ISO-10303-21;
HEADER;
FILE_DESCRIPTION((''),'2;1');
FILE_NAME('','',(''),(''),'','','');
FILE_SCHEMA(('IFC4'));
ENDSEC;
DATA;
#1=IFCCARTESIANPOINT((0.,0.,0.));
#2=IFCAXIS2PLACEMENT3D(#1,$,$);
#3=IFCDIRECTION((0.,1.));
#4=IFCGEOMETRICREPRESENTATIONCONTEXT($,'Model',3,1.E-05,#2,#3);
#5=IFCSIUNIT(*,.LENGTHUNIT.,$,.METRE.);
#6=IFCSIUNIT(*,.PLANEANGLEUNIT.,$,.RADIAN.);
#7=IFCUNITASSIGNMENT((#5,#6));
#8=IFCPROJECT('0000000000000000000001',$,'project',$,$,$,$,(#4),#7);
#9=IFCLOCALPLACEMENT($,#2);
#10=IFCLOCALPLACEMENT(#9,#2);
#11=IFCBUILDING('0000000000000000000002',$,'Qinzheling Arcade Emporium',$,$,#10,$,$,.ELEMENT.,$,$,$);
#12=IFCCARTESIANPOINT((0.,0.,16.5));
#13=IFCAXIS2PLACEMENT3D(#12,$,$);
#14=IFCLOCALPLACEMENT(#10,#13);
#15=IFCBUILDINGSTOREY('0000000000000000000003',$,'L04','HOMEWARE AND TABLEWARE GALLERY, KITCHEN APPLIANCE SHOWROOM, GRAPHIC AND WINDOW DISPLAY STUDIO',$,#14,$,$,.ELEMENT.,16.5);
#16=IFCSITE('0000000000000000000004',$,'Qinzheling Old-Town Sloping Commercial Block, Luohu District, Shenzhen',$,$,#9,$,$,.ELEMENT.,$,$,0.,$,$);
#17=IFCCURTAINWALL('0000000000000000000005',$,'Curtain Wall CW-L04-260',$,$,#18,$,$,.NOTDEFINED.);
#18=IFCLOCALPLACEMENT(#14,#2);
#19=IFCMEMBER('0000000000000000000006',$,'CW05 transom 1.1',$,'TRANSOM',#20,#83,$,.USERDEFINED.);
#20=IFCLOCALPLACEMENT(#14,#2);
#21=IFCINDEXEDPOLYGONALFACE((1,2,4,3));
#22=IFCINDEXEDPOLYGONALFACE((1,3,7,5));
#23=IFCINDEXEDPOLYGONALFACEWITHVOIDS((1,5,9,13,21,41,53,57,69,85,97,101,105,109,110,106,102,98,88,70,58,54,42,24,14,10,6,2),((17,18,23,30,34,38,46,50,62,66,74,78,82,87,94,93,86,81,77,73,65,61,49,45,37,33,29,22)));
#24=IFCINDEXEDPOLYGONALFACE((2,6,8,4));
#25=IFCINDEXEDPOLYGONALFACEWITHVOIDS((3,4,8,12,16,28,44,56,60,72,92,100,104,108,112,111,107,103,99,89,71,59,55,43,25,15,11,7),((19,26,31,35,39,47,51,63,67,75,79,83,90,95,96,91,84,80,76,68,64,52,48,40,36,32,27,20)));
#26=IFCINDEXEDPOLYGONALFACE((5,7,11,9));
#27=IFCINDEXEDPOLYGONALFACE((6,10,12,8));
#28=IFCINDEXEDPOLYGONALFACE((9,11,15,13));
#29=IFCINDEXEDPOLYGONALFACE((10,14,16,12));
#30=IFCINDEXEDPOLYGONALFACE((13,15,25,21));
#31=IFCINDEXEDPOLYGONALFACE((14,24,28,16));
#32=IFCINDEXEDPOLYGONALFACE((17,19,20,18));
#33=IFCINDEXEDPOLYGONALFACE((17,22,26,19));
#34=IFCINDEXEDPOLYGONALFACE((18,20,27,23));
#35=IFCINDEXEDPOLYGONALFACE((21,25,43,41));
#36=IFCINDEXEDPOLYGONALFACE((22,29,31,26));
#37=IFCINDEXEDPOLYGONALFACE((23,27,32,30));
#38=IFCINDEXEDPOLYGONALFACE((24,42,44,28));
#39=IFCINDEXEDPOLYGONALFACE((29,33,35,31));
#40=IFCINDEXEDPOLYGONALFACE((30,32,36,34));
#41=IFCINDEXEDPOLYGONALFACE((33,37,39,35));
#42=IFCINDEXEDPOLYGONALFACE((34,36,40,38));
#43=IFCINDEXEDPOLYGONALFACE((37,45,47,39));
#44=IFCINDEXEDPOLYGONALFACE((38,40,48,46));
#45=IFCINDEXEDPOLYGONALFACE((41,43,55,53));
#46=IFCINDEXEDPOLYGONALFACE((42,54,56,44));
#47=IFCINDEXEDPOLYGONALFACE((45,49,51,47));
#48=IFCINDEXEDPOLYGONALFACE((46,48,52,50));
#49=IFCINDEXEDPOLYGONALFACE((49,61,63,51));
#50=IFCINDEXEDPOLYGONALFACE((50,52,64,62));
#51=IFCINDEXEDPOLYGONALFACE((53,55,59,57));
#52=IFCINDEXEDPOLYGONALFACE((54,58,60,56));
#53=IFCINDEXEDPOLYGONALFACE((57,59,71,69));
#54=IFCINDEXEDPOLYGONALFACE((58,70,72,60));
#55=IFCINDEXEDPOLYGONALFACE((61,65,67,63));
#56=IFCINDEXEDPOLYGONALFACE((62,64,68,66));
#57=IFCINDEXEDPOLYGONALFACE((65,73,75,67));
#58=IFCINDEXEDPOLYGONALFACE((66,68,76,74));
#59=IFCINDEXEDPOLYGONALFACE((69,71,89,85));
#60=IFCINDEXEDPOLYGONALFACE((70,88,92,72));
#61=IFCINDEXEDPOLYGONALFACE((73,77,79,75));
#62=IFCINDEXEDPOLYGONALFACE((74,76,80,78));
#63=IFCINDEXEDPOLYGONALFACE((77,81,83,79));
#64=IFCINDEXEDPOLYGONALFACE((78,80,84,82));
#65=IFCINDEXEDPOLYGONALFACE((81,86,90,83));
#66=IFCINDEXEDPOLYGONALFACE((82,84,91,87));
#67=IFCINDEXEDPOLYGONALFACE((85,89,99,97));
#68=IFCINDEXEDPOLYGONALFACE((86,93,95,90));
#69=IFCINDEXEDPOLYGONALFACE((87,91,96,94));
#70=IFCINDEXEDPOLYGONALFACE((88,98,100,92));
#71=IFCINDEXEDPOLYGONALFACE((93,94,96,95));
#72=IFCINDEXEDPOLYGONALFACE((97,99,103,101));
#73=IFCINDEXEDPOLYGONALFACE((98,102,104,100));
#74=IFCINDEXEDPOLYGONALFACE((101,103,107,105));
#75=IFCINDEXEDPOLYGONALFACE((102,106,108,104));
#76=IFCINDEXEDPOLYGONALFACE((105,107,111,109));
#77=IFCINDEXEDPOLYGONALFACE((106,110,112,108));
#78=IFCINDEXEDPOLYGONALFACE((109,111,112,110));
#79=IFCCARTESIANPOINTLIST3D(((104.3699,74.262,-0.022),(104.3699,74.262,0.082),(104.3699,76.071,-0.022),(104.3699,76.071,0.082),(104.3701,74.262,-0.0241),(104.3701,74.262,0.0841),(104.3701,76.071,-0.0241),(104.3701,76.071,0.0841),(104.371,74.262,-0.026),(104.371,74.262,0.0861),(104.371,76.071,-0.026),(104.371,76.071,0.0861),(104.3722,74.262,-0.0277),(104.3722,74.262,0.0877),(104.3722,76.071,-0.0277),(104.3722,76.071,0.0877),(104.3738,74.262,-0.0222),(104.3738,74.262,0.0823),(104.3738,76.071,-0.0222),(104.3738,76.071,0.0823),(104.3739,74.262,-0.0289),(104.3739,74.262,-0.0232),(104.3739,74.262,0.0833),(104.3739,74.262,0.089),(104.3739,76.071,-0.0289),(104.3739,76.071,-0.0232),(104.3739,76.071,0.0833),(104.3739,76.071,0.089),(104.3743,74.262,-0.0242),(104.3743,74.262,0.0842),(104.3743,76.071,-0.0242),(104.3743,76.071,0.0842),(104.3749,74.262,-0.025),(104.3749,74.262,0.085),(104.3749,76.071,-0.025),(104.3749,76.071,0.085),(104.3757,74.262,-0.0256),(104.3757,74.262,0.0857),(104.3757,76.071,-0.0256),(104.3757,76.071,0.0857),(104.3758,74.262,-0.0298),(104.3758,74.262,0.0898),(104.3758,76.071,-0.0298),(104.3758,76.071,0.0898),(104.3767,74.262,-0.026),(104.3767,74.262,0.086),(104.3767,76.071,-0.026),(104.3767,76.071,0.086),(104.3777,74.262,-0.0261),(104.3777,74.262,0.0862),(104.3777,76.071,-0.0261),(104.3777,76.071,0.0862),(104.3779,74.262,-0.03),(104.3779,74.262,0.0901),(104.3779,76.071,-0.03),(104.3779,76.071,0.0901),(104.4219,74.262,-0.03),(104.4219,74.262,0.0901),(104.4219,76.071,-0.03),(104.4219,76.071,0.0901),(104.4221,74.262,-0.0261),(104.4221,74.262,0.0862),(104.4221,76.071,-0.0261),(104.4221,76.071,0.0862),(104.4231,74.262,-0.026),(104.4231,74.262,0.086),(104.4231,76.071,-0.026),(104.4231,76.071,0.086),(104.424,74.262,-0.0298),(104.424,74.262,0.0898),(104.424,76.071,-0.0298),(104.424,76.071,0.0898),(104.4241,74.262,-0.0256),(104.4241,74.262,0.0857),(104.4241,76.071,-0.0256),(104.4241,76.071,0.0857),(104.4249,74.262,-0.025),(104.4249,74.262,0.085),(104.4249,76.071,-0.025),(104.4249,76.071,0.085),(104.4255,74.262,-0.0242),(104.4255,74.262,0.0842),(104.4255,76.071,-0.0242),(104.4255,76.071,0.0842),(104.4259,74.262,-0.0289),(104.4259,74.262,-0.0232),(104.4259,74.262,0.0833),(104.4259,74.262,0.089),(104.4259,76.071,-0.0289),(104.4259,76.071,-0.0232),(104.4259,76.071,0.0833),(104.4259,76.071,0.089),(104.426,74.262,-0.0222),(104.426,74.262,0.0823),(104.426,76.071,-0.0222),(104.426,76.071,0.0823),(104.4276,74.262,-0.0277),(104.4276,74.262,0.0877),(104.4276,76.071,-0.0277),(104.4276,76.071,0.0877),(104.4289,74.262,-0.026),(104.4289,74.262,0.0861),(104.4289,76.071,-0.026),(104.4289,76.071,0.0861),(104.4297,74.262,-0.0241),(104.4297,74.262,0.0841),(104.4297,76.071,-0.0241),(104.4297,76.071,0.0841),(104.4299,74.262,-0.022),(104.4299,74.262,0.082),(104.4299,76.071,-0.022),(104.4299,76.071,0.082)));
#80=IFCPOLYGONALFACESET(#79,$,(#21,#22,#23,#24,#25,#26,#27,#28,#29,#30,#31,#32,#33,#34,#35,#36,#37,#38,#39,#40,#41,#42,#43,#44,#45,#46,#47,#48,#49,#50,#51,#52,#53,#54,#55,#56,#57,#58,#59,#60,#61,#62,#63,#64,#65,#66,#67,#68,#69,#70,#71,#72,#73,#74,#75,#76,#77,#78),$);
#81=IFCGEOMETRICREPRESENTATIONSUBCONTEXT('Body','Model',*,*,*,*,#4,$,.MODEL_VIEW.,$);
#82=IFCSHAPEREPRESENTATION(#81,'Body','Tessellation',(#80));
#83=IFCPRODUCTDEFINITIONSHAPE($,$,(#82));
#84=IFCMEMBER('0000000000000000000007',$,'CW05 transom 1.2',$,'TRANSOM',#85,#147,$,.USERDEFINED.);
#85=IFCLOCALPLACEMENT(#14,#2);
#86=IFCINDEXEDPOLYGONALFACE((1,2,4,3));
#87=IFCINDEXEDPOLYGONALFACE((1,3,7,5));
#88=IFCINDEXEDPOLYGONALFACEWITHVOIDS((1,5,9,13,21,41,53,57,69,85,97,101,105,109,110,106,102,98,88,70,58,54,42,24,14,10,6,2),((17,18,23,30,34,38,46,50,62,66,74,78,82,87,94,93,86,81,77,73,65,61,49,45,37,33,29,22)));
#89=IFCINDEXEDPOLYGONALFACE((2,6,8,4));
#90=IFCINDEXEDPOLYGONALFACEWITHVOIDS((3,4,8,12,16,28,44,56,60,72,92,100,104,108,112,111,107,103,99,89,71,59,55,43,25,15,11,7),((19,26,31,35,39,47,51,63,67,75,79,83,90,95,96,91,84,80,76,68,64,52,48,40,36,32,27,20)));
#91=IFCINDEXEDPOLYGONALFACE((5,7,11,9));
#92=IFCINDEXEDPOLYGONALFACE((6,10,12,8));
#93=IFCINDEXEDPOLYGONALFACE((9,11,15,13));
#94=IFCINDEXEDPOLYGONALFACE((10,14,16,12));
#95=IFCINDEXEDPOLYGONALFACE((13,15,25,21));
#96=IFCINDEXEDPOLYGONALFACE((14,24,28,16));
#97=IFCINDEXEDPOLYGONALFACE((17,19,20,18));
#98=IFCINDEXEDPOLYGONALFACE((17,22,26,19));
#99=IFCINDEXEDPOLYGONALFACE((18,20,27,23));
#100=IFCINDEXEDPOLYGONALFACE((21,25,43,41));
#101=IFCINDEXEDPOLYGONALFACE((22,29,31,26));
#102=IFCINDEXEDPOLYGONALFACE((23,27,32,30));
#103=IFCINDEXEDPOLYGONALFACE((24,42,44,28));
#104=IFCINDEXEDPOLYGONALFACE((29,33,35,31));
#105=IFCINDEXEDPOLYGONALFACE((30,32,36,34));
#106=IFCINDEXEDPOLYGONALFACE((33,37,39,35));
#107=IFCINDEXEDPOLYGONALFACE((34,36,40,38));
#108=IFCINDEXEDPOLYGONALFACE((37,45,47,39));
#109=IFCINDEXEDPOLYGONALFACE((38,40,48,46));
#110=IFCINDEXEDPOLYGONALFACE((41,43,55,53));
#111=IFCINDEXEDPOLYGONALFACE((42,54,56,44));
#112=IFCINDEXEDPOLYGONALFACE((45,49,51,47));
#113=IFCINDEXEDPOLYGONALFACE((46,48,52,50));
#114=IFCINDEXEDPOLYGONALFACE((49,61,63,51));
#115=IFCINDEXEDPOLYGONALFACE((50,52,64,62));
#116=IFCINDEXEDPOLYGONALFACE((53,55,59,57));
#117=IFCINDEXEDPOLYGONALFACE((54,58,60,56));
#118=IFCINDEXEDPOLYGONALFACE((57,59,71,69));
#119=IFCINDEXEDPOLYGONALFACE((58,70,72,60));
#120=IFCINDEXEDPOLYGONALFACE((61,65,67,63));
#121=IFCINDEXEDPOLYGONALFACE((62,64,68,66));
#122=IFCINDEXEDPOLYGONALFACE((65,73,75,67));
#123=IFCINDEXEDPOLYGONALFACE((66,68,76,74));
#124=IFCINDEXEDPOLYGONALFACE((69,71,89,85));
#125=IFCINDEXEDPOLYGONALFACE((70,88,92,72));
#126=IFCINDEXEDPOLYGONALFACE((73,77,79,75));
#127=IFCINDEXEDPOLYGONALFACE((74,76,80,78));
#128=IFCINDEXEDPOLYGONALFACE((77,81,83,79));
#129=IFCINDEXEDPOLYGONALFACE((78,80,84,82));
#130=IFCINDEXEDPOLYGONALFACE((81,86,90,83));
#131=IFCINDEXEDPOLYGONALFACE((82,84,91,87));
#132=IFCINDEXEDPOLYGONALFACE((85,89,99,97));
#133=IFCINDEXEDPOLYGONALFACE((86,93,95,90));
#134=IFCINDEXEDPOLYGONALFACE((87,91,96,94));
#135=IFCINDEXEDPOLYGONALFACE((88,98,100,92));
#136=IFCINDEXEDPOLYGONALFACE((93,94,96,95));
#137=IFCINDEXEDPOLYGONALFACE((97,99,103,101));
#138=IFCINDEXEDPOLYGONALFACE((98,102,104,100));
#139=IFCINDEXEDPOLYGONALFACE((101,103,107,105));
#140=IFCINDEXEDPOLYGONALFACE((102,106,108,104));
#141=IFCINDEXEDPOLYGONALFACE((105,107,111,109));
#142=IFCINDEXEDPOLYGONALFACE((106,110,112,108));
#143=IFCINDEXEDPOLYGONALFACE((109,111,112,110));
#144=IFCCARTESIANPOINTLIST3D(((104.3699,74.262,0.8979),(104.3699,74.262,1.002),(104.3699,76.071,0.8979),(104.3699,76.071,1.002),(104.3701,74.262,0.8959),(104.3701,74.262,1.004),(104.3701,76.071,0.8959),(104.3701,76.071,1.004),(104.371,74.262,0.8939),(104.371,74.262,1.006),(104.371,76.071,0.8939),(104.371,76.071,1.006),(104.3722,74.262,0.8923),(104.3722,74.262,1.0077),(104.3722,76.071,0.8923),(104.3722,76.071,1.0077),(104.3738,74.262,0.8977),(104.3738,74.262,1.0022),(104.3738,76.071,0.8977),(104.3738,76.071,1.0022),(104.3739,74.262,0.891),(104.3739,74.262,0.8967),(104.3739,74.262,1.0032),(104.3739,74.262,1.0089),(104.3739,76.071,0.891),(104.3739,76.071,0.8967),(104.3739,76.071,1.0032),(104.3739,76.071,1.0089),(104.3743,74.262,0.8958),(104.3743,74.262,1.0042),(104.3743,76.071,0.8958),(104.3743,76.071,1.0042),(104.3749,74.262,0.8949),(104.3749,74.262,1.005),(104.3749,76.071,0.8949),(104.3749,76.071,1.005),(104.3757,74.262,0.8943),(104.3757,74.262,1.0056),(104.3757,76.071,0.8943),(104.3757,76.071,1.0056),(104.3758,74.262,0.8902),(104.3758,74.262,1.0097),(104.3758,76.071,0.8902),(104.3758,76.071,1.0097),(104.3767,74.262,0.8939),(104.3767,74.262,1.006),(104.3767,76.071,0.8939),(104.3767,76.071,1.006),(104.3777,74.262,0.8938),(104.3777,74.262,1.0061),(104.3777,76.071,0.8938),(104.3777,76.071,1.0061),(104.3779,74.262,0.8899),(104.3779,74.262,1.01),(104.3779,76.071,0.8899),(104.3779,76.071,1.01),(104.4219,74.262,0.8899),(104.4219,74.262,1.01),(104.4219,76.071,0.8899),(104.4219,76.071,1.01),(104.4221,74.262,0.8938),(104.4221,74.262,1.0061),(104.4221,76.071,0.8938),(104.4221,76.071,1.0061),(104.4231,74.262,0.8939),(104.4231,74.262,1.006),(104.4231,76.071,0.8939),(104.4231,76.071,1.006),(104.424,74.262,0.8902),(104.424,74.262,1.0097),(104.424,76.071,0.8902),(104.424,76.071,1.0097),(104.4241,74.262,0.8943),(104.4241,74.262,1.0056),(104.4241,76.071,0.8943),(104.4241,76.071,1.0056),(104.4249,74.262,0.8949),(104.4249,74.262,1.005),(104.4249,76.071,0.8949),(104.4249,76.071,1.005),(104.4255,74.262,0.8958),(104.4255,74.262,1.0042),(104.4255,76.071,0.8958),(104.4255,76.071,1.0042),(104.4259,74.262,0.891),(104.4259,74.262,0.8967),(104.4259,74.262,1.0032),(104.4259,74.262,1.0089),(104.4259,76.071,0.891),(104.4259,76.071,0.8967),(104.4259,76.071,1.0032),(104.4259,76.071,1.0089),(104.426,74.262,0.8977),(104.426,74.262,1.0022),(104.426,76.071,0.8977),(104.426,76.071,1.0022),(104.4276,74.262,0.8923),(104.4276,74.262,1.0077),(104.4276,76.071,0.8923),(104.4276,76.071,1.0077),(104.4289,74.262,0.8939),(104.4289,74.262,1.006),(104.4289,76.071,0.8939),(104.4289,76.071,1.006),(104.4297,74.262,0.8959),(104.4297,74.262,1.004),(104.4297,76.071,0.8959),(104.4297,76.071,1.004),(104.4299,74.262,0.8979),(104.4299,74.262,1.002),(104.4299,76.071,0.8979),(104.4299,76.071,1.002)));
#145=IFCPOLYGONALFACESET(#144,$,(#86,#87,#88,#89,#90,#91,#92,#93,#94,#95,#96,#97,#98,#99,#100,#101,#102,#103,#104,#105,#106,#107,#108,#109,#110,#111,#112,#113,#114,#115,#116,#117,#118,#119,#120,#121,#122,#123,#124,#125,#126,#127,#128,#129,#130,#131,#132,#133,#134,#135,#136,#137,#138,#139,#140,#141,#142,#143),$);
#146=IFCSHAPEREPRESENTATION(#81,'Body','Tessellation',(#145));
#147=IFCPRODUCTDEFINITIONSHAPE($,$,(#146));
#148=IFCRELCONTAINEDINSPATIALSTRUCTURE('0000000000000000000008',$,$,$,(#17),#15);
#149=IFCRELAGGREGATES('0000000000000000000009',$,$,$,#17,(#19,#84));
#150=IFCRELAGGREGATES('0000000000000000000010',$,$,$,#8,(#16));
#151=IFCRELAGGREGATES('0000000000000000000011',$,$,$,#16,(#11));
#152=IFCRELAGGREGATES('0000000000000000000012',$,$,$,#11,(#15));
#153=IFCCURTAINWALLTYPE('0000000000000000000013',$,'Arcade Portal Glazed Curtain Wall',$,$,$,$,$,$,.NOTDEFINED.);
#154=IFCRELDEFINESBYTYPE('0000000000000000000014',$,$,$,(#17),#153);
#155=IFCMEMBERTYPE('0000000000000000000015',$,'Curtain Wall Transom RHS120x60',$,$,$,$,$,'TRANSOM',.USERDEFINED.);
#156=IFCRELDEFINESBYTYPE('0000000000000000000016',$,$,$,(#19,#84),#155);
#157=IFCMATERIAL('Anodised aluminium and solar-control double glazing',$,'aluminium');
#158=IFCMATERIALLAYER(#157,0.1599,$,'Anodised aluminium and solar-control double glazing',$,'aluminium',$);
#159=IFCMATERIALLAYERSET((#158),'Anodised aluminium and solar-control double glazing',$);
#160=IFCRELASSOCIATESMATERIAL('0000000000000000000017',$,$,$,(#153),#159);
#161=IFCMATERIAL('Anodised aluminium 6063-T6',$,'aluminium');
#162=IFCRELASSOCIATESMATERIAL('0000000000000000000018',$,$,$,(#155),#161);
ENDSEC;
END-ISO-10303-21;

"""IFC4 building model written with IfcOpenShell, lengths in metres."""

from ifc_helpers import new_model, si_unit, direction, frame, origin, origin_2d, place, context, subcontext, project, spatial, hollow_rectangle, extrude, material, layer, layer_set, material_profile, profile_set, type_object, element, aggregate, save


model = new_model("IFC4")

# Units and contexts
model_context = context("Model", 3, precision=1e-05, world=origin(), true_north=direction((0.0, 1.0)))
body_context = subcontext(model_context, "Body", "Model", "MODEL_VIEW")
ifc_project = project(units=[si_unit("LENGTHUNIT", "METRE"), si_unit("PLANEANGLEUNIT", "RADIAN")], contexts=[model_context])

# Site, building, storey
site_placement = place(None, origin())
site = spatial("IfcSite", under=ifc_project, at=site_placement, Name="Qinzheling Old-Town Sloping Commercial Block, Luohu District, Shenzhen", CompositionType="ELEMENT", RefElevation=0.0)
building_placement = place(site_placement, origin())
building = spatial("IfcBuilding", under=site, at=building_placement, Name="Qinzheling Arcade Emporium", CompositionType="ELEMENT")
storey_placement = place(building_placement, frame((0.0, 0.0, 16.5)))
storey = spatial("IfcBuildingStorey", under=building, at=storey_placement, Name="L04", Description="HOMEWARE AND TABLEWARE GALLERY, KITCHEN APPLIANCE SHOWROOM, GRAPHIC AND WINDOW DISPLAY STUDIO", CompositionType="ELEMENT", Elevation=16.5)

# Curtain wall
ifc_material_1 = material(Name="Anodised aluminium and solar-control double glazing", Category="aluminium")
ifc_layer_1 = layer(ifc_material_1, 0.1599, Name="Anodised aluminium and solar-control double glazing", Category="aluminium")
ifc_layer_set_1 = layer_set([ifc_layer_1], Name="Anodised aluminium and solar-control double glazing")
curtain_wall_type = type_object("IfcCurtainWallType", Name="Arcade Portal Glazed Curtain Wall", PredefinedType="NOTDEFINED", material=ifc_layer_set_1)
curtain_wall_1_placement = place(storey_placement, origin())
curtain_wall_1 = element("IfcCurtainWall", 1, at=curtain_wall_1_placement, inside=storey, type_object=curtain_wall_type, Name="Curtain Wall CW-L04-260", PredefinedType="NOTDEFINED")
ifc_material_2 = material(Name="Anodised aluminium 6063-T6", Category="aluminium")

# Members
ifc_material_profile_1 = material_profile(ifc_material_2, hollow_rectangle(XDim=0.0601, YDim=0.1201, WallThickness=0.0039, InnerFilletRadius=0.0039, OuterFilletRadius=0.0081, at=origin_2d()), Name="RHS 120x60x4", Category="aluminium")
ifc_profile_set_1 = profile_set([ifc_material_profile_1], Name="Anodised aluminium 6063-T6")
member_type_1 = type_object("IfcMemberType", Name="Curtain Wall Transom RHS120x60", ElementType="TRANSOM", PredefinedType="USERDEFINED", material=ifc_profile_set_1)
member_1_placement = place(storey_placement, frame((104.3999, 74.262, 0.03), z_axis=(0.0, 1.0, 0.0), x_axis=(-1.0, 0.0, 0.0)))
member_1 = element("IfcMember", 2, at=member_1_placement, type_object=member_type_1, Name="CW05 transom 1.1", ObjectType="TRANSOM", PredefinedType="USERDEFINED", context=body_context, shape_type="SweptSolid", body=[
    extrude(hollow_rectangle(XDim=0.0601, YDim=0.1201, WallThickness=0.0039, InnerFilletRadius=0.0039, OuterFilletRadius=0.0081, at=origin_2d()), origin(), (0.0, 0.0, 1.0), 1.8091),
])
member_2_placement = place(storey_placement, frame((104.3999, 74.262, 0.95), z_axis=(0.0, 1.0, 0.0), x_axis=(-1.0, 0.0, 0.0)))
member_2 = element("IfcMember", 3, at=member_2_placement, type_object=member_type_1, Name="CW05 transom 1.2", ObjectType="TRANSOM", PredefinedType="USERDEFINED", context=body_context, shape_type="SweptSolid", body=[
    extrude(hollow_rectangle(XDim=0.0601, YDim=0.1201, WallThickness=0.0039, InnerFilletRadius=0.0039, OuterFilletRadius=0.0081, at=origin_2d()), origin(), (0.0, 0.0, 1.0), 1.8091),
])

aggregate(curtain_wall_1, [member_1, member_2])

save(model, "model.ifc")
